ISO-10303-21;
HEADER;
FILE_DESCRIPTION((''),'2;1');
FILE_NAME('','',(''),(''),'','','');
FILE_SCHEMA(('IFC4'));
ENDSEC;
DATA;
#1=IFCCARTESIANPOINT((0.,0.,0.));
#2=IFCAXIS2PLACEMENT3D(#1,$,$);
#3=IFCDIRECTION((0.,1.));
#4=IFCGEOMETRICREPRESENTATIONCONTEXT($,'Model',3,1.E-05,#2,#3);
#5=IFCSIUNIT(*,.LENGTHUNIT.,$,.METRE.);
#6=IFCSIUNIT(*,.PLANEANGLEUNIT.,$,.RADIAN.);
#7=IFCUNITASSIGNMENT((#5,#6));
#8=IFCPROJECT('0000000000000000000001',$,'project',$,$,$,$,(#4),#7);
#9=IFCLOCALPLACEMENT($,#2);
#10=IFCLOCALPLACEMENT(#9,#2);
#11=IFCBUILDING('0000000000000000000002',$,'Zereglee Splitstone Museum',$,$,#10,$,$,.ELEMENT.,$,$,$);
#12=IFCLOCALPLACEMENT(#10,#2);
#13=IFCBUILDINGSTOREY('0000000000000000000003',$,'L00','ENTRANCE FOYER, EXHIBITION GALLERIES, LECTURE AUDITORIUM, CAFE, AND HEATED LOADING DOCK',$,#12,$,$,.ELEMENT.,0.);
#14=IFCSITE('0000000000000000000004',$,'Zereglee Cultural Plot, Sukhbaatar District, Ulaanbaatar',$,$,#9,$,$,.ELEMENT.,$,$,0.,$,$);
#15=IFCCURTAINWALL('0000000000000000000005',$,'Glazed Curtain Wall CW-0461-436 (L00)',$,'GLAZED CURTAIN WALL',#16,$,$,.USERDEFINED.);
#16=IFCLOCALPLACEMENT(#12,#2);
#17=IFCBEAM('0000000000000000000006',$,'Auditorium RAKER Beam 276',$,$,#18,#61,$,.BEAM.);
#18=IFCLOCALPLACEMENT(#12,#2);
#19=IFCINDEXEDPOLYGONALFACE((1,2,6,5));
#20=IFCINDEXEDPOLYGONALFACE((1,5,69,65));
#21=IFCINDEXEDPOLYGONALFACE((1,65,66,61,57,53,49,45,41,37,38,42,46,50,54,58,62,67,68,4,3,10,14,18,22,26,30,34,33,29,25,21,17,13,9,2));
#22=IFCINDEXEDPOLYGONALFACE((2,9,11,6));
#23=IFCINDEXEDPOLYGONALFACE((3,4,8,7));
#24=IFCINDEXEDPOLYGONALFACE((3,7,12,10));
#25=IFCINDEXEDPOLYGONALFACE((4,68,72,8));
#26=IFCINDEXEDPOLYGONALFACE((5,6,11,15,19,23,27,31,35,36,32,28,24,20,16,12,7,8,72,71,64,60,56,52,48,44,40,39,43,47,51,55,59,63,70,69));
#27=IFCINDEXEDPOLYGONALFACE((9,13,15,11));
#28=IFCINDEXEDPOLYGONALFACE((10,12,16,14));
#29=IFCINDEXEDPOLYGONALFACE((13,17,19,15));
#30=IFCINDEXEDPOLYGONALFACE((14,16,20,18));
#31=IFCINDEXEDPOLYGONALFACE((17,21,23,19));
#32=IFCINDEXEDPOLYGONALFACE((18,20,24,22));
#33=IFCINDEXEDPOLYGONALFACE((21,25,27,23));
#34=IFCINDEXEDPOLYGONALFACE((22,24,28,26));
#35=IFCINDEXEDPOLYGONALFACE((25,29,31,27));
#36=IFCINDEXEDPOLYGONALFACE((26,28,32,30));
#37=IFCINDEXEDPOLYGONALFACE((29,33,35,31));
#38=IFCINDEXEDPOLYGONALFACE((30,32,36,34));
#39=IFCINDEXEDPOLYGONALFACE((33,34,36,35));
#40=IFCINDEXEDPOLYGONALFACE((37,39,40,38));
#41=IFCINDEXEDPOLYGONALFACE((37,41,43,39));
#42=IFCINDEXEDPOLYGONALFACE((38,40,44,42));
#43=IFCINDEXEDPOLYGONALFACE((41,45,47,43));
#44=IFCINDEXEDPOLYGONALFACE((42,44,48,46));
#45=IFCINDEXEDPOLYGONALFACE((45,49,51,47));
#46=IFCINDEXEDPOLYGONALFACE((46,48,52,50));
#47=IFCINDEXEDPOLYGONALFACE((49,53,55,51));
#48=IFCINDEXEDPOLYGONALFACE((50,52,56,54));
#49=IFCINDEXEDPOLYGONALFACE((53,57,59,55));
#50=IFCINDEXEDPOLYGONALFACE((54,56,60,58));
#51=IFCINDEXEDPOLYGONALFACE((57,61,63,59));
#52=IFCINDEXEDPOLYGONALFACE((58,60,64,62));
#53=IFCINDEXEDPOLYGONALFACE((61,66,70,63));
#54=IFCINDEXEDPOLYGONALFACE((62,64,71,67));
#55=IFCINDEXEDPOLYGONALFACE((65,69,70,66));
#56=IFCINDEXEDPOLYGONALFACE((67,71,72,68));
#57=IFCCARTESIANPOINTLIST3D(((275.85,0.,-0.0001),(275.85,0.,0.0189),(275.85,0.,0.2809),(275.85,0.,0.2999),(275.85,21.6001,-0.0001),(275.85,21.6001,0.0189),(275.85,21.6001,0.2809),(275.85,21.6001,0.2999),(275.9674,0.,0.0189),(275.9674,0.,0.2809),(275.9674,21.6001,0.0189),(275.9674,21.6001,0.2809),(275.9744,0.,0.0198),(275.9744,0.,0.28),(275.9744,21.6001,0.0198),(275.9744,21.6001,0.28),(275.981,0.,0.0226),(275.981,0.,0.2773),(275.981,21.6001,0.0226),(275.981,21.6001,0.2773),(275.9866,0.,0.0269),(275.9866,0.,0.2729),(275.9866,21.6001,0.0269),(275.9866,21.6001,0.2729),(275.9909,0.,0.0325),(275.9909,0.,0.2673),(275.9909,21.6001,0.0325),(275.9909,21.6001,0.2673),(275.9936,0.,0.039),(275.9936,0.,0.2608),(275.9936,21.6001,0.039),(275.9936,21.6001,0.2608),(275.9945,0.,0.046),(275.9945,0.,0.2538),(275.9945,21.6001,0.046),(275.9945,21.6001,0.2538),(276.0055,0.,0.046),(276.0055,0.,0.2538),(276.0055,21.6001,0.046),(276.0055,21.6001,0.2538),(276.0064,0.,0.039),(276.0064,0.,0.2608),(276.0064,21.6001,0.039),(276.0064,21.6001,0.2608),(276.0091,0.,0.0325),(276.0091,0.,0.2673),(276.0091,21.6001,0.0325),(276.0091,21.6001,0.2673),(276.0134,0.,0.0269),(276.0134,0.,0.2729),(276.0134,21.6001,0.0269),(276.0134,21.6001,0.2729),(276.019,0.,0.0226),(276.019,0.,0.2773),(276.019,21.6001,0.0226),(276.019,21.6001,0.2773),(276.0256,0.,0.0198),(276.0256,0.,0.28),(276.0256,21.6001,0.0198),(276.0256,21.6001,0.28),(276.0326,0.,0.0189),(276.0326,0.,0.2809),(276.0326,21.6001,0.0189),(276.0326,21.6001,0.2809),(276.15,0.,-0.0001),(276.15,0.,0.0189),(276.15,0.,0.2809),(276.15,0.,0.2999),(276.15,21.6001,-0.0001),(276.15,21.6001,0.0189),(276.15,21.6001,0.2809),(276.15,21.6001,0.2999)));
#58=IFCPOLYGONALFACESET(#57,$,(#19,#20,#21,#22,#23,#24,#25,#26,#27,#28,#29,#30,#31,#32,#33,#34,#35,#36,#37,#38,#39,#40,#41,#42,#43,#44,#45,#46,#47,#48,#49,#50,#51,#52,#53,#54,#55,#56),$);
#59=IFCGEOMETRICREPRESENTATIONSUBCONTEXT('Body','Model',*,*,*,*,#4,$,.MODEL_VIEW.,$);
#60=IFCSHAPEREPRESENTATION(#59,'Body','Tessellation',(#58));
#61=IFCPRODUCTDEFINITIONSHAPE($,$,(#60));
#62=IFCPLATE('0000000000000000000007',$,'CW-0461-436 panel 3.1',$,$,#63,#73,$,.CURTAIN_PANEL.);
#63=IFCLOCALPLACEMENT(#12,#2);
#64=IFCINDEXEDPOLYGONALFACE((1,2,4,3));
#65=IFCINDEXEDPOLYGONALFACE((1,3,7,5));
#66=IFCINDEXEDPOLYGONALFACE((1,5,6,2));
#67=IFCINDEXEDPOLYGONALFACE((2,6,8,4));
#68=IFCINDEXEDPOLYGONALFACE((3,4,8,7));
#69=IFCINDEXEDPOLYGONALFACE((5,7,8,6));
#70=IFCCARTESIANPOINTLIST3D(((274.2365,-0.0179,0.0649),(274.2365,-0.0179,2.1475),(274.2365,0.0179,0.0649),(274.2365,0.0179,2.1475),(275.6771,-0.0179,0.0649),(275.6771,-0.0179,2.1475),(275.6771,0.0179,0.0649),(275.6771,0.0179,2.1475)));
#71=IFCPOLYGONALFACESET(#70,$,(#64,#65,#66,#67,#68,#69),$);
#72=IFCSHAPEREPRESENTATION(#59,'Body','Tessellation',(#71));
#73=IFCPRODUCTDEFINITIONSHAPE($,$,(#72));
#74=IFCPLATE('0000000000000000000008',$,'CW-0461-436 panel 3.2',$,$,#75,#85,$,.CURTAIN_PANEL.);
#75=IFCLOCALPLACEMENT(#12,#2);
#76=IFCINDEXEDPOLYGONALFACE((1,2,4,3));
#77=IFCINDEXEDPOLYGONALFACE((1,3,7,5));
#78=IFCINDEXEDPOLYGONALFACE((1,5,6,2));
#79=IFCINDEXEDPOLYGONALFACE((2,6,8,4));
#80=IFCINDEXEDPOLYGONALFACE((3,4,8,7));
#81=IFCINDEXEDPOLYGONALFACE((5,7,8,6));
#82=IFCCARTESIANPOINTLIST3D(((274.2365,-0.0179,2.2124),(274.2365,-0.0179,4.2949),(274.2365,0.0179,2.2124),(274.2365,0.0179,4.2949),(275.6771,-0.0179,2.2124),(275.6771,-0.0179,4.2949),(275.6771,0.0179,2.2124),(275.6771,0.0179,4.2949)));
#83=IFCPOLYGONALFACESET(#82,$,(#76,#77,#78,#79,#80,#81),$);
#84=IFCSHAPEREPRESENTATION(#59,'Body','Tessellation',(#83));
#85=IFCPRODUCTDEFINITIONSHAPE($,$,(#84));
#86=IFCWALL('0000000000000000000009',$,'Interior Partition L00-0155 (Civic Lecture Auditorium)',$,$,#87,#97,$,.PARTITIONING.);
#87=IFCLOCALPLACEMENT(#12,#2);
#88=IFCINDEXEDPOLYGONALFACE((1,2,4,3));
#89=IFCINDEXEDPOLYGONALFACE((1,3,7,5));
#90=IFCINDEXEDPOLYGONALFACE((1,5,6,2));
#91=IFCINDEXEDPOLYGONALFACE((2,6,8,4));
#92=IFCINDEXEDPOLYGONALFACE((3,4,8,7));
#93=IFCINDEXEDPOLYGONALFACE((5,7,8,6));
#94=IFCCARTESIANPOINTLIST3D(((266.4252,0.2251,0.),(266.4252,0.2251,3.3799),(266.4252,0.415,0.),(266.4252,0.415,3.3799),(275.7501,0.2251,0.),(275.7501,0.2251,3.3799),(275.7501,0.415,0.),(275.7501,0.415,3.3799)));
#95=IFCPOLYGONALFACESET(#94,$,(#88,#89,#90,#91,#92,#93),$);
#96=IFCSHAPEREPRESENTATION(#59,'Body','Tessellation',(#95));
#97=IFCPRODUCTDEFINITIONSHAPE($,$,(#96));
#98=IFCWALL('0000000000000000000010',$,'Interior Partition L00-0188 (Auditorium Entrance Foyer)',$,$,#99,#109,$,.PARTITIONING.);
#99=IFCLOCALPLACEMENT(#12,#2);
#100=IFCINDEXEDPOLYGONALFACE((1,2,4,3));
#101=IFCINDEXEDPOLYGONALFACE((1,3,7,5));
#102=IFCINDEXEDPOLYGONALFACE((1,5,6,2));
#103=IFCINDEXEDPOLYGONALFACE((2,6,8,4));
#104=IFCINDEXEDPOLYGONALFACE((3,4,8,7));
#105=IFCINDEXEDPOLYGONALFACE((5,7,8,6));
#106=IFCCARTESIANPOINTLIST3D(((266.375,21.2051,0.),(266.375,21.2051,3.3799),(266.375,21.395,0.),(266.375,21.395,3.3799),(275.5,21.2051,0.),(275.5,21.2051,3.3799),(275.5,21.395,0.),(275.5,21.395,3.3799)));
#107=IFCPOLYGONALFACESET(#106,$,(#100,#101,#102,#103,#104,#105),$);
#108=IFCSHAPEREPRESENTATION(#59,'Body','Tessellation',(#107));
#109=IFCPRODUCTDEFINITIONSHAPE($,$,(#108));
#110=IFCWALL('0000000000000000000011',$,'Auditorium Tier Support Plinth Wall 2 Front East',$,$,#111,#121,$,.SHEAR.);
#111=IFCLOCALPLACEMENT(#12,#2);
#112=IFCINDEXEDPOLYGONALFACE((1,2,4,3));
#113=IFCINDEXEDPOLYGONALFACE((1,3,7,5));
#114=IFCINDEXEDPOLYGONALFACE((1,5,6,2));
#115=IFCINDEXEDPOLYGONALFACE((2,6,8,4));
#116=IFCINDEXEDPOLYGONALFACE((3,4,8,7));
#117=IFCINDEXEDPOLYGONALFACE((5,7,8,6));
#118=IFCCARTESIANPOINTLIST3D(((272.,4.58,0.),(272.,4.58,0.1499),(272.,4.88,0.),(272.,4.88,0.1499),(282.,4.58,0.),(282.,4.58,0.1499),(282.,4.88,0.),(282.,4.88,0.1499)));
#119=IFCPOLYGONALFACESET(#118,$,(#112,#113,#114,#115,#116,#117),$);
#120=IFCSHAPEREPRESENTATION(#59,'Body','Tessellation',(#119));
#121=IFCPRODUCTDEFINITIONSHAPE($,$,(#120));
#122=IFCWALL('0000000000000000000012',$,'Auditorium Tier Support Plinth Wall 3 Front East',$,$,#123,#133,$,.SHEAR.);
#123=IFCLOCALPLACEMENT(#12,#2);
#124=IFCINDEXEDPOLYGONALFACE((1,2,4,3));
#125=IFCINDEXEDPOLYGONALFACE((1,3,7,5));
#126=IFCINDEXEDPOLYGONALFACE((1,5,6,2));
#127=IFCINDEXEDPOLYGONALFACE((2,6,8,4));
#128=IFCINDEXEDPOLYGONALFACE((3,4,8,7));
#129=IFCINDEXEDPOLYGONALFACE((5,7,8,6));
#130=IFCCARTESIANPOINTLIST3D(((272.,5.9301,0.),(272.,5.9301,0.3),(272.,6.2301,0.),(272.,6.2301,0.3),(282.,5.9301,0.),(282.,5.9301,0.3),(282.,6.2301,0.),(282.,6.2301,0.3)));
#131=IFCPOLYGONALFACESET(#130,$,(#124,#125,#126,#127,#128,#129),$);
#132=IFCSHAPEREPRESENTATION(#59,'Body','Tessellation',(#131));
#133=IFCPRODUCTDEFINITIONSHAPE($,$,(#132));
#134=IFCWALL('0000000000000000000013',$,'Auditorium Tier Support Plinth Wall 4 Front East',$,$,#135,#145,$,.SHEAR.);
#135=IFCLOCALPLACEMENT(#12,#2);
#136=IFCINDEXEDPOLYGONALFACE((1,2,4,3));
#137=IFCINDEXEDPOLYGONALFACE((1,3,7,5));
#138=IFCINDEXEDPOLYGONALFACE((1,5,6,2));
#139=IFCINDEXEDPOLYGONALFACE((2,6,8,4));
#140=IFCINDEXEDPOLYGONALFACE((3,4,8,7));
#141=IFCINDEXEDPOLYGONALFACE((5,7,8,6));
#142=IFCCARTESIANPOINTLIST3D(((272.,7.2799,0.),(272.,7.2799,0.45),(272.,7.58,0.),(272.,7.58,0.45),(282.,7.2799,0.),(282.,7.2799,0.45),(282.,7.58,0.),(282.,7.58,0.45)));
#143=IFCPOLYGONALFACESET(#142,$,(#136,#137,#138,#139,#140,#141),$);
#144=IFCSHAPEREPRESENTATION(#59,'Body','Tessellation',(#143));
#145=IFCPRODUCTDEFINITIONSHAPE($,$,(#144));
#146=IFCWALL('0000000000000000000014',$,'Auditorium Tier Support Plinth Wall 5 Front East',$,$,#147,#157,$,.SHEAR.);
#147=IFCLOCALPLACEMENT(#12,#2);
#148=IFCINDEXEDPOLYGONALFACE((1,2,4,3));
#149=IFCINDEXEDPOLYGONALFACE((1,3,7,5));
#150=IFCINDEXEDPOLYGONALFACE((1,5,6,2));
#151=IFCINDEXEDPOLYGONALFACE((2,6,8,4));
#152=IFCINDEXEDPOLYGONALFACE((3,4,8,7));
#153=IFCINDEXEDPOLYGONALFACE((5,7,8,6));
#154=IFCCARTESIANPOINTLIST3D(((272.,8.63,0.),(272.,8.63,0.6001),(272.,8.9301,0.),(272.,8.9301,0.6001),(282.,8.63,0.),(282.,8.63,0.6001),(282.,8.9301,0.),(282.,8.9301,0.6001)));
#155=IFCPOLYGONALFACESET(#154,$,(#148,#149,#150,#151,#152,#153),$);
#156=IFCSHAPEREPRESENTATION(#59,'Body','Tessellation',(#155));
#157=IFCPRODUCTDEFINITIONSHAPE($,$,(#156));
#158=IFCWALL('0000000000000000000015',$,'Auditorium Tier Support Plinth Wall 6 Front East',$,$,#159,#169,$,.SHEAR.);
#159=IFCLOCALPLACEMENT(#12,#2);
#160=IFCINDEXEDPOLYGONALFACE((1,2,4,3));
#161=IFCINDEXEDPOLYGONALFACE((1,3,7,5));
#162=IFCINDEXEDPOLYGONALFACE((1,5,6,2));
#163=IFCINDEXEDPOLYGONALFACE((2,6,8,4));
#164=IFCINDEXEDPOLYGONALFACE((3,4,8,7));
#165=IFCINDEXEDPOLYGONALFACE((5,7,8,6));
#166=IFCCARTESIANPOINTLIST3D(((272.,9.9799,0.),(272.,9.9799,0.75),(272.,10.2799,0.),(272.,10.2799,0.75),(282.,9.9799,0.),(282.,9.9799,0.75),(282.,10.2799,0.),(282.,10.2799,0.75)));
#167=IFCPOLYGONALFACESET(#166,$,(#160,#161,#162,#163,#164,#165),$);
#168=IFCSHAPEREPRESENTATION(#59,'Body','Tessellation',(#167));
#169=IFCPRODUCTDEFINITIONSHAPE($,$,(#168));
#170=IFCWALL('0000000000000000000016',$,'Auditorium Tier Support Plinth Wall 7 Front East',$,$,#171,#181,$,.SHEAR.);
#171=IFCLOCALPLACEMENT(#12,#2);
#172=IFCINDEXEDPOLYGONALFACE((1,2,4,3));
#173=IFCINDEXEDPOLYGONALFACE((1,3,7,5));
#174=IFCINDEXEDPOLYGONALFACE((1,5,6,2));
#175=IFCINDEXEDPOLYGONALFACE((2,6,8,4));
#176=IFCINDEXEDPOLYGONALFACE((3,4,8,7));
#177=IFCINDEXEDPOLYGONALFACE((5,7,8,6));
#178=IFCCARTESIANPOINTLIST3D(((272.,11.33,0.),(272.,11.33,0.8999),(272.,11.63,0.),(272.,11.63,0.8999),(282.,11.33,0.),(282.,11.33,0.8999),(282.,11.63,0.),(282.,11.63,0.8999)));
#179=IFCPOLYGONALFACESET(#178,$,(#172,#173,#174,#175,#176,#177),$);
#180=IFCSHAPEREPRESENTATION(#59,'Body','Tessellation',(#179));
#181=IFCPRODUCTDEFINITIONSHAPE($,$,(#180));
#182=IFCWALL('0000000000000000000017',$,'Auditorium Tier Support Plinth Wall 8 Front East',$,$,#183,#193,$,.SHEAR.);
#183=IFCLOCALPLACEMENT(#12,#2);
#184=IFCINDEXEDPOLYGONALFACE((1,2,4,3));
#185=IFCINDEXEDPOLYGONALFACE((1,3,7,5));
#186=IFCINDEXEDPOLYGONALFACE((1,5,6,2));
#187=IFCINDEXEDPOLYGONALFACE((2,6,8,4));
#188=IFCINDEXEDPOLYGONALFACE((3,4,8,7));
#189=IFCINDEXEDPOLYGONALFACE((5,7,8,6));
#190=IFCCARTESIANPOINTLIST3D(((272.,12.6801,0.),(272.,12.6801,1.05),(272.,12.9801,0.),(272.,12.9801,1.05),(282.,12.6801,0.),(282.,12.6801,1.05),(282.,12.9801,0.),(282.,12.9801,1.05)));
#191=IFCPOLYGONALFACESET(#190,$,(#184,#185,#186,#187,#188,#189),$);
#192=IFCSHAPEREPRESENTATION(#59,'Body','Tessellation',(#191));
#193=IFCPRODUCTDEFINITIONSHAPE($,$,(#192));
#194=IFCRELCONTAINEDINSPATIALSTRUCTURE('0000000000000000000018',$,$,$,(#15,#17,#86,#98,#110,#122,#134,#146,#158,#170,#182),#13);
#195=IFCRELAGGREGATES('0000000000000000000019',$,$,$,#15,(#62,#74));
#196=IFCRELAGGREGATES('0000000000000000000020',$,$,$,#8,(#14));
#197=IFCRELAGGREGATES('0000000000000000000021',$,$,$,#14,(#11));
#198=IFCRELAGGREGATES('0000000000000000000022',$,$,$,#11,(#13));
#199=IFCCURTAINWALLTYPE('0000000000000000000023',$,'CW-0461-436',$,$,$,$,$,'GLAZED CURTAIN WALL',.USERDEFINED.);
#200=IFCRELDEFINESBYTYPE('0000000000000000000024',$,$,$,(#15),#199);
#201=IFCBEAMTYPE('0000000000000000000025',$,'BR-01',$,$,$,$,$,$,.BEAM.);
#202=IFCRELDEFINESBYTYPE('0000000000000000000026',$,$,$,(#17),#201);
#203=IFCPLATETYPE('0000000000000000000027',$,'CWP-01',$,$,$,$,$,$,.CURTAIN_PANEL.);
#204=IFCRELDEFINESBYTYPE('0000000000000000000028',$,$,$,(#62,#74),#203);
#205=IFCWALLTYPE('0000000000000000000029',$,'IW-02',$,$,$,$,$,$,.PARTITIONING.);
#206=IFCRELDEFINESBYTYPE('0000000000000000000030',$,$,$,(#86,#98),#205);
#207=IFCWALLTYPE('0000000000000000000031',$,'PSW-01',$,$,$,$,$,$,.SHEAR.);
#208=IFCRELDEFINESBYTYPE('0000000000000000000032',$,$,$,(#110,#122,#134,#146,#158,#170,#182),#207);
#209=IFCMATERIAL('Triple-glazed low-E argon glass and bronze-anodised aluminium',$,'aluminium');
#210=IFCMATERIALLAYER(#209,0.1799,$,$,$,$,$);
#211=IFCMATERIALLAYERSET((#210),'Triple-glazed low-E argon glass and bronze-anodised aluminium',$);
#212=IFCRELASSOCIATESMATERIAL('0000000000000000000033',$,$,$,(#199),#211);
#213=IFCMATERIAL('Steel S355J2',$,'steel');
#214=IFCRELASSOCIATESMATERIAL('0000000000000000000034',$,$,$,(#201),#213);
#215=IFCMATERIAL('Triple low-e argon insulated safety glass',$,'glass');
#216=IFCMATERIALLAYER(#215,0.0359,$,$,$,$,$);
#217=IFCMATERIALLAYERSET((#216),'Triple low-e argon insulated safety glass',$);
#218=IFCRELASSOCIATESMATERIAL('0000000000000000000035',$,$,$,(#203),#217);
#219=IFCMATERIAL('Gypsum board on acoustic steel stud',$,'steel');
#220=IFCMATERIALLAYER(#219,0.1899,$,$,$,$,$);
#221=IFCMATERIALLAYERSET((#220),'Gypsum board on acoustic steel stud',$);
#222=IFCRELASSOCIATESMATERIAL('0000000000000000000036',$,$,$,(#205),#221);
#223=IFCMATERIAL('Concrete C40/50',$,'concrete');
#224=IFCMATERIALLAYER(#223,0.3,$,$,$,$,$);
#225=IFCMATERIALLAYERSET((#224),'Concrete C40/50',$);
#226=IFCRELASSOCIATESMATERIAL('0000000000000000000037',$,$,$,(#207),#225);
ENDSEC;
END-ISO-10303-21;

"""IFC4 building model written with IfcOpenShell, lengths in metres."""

from ifc_helpers import new_model, si_unit, direction, frame, frame_2d, origin, origin_2d, place, context, subcontext, project, spatial, rectangle, i_section, extrude, material, layer, layer_set, material_profile, profile_set, type_object, element, aggregate, save


model = new_model("IFC4")

# Units and contexts
model_context = context("Model", 3, precision=1e-05, world=origin(), true_north=direction((0.0, 1.0)))
body_context = subcontext(model_context, "Body", "Model", "MODEL_VIEW")
ifc_project = project(units=[si_unit("LENGTHUNIT", "METRE"), si_unit("PLANEANGLEUNIT", "RADIAN")], contexts=[model_context])

# Site, building, storey
site_placement = place(None, origin())
site = spatial("IfcSite", under=ifc_project, at=site_placement, Name="Zereglee Cultural Plot, Sukhbaatar District, Ulaanbaatar", CompositionType="ELEMENT", RefElevation=0.0)
building_placement = place(site_placement, origin())
building = spatial("IfcBuilding", under=site, at=building_placement, Name="Zereglee Splitstone Museum", CompositionType="ELEMENT")
storey_placement = place(building_placement, origin())
storey = spatial("IfcBuildingStorey", under=building, at=storey_placement, Name="L00", Description="ENTRANCE FOYER, EXHIBITION GALLERIES, LECTURE AUDITORIUM, CAFE, AND HEATED LOADING DOCK", CompositionType="ELEMENT", Elevation=0.0)

# Shared definitions
ifc_material_1 = material(Name="Concrete C40/50", Category="concrete")

# Curtain wall
ifc_material_2 = material(Name="Triple-glazed low-E argon glass and bronze-anodised aluminium", Category="aluminium")
ifc_layer_1 = layer(ifc_material_2, 0.1799)
ifc_layer_set_1 = layer_set([ifc_layer_1], Name="Triple-glazed low-E argon glass and bronze-anodised aluminium")
curtain_wall_type = type_object("IfcCurtainWallType", Name="CW-0461-436", ElementType="GLAZED CURTAIN WALL", PredefinedType="USERDEFINED", material=ifc_layer_set_1)
curtain_wall_placement = place(storey_placement, origin())
curtain_wall = element("IfcCurtainWall", 1, at=curtain_wall_placement, inside=storey, type_object=curtain_wall_type, Name="Glazed Curtain Wall CW-0461-436 (L00)", ObjectType="GLAZED CURTAIN WALL", PredefinedType="USERDEFINED")

# Beam
ifc_material_3 = material(Name="Steel S355J2", Category="steel")
ifc_material_profile_1 = material_profile(ifc_material_3, i_section(OverallWidth=0.3, OverallDepth=0.3, WebThickness=0.011, FlangeThickness=0.019, FilletRadius=0.0271, at=origin_2d()), Name="HE 300 B")
ifc_profile_set_1 = profile_set([ifc_material_profile_1], Name="Steel S355J2")
beam_type_1 = type_object("IfcBeamType", Name="BR-01", PredefinedType="BEAM", material=ifc_profile_set_1)
beam_1_placement = place(storey_placement, frame((276.0, 0.0, 0.1499), z_axis=(0.0, 1.0, 0.0), x_axis=(-1.0, 0.0, 0.0)))
element("IfcBeam", 2, at=beam_1_placement, inside=storey, type_object=beam_type_1, Name="Auditorium RAKER Beam 276", PredefinedType="BEAM", context=body_context, shape_type="SweptSolid", body=[
    extrude(i_section(OverallWidth=0.3, OverallDepth=0.3, WebThickness=0.011, FlangeThickness=0.019, FilletRadius=0.0271, at=origin_2d()), origin(), (0.0, 0.0, 1.0), 21.6001),
])

# Plates
ifc_material_4 = material(Name="Triple low-e argon insulated safety glass", Category="glass")
ifc_layer_2 = layer(ifc_material_4, 0.0359)
ifc_layer_set_2 = layer_set([ifc_layer_2], Name="Triple low-e argon insulated safety glass")
plate_type = type_object("IfcPlateType", Name="CWP-01", PredefinedType="CURTAIN_PANEL", material=ifc_layer_set_2)
plate_1_placement = place(storey_placement, frame((274.9568, 0.0, 0.0649), z_axis=(0.0, 0.0, 1.0), x_axis=(1.0, 0.0, 0.0)))
plate_1 = element("IfcPlate", 3, at=plate_1_placement, type_object=plate_type, Name="CW-0461-436 panel 3.1", PredefinedType="CURTAIN_PANEL", context=body_context, shape_type="SweptSolid", body=[
    extrude(rectangle(XDim=1.4407, YDim=0.0359, at=origin_2d()), origin(), (0.0, 0.0, 1.0), 2.0825),
])
plate_2_placement = place(storey_placement, frame((274.9568, 0.0, 2.2124), z_axis=(0.0, 0.0, 1.0), x_axis=(1.0, 0.0, 0.0)))
plate_2 = element("IfcPlate", 4, at=plate_2_placement, type_object=plate_type, Name="CW-0461-436 panel 3.2", PredefinedType="CURTAIN_PANEL", context=body_context, shape_type="SweptSolid", body=[
    extrude(rectangle(XDim=1.4407, YDim=0.0359, at=origin_2d()), origin(), (0.0, 0.0, 1.0), 2.0825),
])
aggregate(curtain_wall, [plate_1, plate_2])

# Walls
ifc_material_5 = material(Name="Gypsum board on acoustic steel stud", Category="steel")
ifc_layer_3 = layer(ifc_material_5, 0.1899)
ifc_layer_set_3 = layer_set([ifc_layer_3], Name="Gypsum board on acoustic steel stud")
wall_type_1 = type_object("IfcWallType", Name="IW-02", PredefinedType="PARTITIONING", material=ifc_layer_set_3)
wall_1_placement = place(storey_placement, frame((266.425, 0.3201, 0.0), z_axis=(0.0, 0.0, 1.0), x_axis=(1.0, 0.0, 0.0)))
element("IfcWall", 5, at=wall_1_placement, inside=storey, type_object=wall_type_1, Name="Interior Partition L00-0155 (Civic Lecture Auditorium)", PredefinedType="PARTITIONING", context=body_context, shape_type="SweptSolid", body=[
    extrude(rectangle(XDim=9.325, YDim=0.1899, at=frame_2d((4.6626, 0.0))), origin(), (0.0, 0.0, 1.0), 3.3799),
])
wall_2_placement = place(storey_placement, frame((266.375, 21.3, 0.0), z_axis=(0.0, 0.0, 1.0), x_axis=(1.0, 0.0, 0.0)))
element("IfcWall", 6, at=wall_2_placement, inside=storey, type_object=wall_type_1, Name="Interior Partition L00-0188 (Auditorium Entrance Foyer)", PredefinedType="PARTITIONING", context=body_context, shape_type="SweptSolid", body=[
    extrude(rectangle(XDim=9.125, YDim=0.1899, at=frame_2d((4.5625, 0.0))), origin(), (0.0, 0.0, 1.0), 3.3799),
])
ifc_layer_4 = layer(ifc_material_1, 0.3)
ifc_layer_set_4 = layer_set([ifc_layer_4], Name="Concrete C40/50")
wall_type_2 = type_object("IfcWallType", Name="PSW-01", PredefinedType="SHEAR", material=ifc_layer_set_4)
wall_3_placement = place(storey_placement, frame((272.0, 4.73, 0.0), z_axis=(0.0, 0.0, 1.0), x_axis=(1.0, 0.0, 0.0)))
element("IfcWall", 7, at=wall_3_placement, inside=storey, type_object=wall_type_2, Name="Auditorium Tier Support Plinth Wall 2 Front East", PredefinedType="SHEAR", context=body_context, shape_type="SweptSolid", body=[
    extrude(rectangle(XDim=10.0, YDim=0.3, at=frame_2d((5.0, 0.0))), origin(), (0.0, 0.0, 1.0), 0.1499),
])
wall_4_placement = place(storey_placement, frame((272.0, 6.0801, 0.0), z_axis=(0.0, 0.0, 1.0), x_axis=(1.0, 0.0, 0.0)))
element("IfcWall", 8, at=wall_4_placement, inside=storey, type_object=wall_type_2, Name="Auditorium Tier Support Plinth Wall 3 Front East", PredefinedType="SHEAR", context=body_context, shape_type="SweptSolid", body=[
    extrude(rectangle(XDim=10.0, YDim=0.3, at=frame_2d((5.0, 0.0))), origin(), (0.0, 0.0, 1.0), 0.3),
])
wall_5_placement = place(storey_placement, frame((272.0, 7.4299, 0.0), z_axis=(0.0, 0.0, 1.0), x_axis=(1.0, 0.0, 0.0)))
element("IfcWall", 9, at=wall_5_placement, inside=storey, type_object=wall_type_2, Name="Auditorium Tier Support Plinth Wall 4 Front East", PredefinedType="SHEAR", context=body_context, shape_type="SweptSolid", body=[
    extrude(rectangle(XDim=10.0, YDim=0.3, at=frame_2d((5.0, 0.0))), origin(), (0.0, 0.0, 1.0), 0.45),
])
wall_6_placement = place(storey_placement, frame((272.0, 8.78, 0.0), z_axis=(0.0, 0.0, 1.0), x_axis=(1.0, 0.0, 0.0)))
element("IfcWall", 10, at=wall_6_placement, inside=storey, type_object=wall_type_2, Name="Auditorium Tier Support Plinth Wall 5 Front East", PredefinedType="SHEAR", context=body_context, shape_type="SweptSolid", body=[
    extrude(rectangle(XDim=10.0, YDim=0.3, at=frame_2d((5.0, 0.0))), origin(), (0.0, 0.0, 1.0), 0.6001),
])
wall_7_placement = place(storey_placement, frame((272.0, 10.1299, 0.0), z_axis=(0.0, 0.0, 1.0), x_axis=(1.0, 0.0, 0.0)))
element("IfcWall", 11, at=wall_7_placement, inside=storey, type_object=wall_type_2, Name="Auditorium Tier Support Plinth Wall 6 Front East", PredefinedType="SHEAR", context=body_context, shape_type="SweptSolid", body=[
    extrude(rectangle(XDim=10.0, YDim=0.3, at=frame_2d((5.0, 0.0))), origin(), (0.0, 0.0, 1.0), 0.75),
])
wall_8_placement = place(storey_placement, frame((272.0, 11.48, 0.0), z_axis=(0.0, 0.0, 1.0), x_axis=(1.0, 0.0, 0.0)))
element("IfcWall", 12, at=wall_8_placement, inside=storey, type_object=wall_type_2, Name="Auditorium Tier Support Plinth Wall 7 Front East", PredefinedType="SHEAR", context=body_context, shape_type="SweptSolid", body=[
    extrude(rectangle(XDim=10.0, YDim=0.3, at=frame_2d((5.0, 0.0))), origin(), (0.0, 0.0, 1.0), 0.8999),
])
wall_9_placement = place(storey_placement, frame((272.0, 12.8301, 0.0), z_axis=(0.0, 0.0, 1.0), x_axis=(1.0, 0.0, 0.0)))
element("IfcWall", 13, at=wall_9_placement, inside=storey, type_object=wall_type_2, Name="Auditorium Tier Support Plinth Wall 8 Front East", PredefinedType="SHEAR", context=body_context, shape_type="SweptSolid", body=[
    extrude(rectangle(XDim=10.0, YDim=0.3, at=frame_2d((5.0, 0.0))), origin(), (0.0, 0.0, 1.0), 1.05),
])

save(model, "model.ifc")
